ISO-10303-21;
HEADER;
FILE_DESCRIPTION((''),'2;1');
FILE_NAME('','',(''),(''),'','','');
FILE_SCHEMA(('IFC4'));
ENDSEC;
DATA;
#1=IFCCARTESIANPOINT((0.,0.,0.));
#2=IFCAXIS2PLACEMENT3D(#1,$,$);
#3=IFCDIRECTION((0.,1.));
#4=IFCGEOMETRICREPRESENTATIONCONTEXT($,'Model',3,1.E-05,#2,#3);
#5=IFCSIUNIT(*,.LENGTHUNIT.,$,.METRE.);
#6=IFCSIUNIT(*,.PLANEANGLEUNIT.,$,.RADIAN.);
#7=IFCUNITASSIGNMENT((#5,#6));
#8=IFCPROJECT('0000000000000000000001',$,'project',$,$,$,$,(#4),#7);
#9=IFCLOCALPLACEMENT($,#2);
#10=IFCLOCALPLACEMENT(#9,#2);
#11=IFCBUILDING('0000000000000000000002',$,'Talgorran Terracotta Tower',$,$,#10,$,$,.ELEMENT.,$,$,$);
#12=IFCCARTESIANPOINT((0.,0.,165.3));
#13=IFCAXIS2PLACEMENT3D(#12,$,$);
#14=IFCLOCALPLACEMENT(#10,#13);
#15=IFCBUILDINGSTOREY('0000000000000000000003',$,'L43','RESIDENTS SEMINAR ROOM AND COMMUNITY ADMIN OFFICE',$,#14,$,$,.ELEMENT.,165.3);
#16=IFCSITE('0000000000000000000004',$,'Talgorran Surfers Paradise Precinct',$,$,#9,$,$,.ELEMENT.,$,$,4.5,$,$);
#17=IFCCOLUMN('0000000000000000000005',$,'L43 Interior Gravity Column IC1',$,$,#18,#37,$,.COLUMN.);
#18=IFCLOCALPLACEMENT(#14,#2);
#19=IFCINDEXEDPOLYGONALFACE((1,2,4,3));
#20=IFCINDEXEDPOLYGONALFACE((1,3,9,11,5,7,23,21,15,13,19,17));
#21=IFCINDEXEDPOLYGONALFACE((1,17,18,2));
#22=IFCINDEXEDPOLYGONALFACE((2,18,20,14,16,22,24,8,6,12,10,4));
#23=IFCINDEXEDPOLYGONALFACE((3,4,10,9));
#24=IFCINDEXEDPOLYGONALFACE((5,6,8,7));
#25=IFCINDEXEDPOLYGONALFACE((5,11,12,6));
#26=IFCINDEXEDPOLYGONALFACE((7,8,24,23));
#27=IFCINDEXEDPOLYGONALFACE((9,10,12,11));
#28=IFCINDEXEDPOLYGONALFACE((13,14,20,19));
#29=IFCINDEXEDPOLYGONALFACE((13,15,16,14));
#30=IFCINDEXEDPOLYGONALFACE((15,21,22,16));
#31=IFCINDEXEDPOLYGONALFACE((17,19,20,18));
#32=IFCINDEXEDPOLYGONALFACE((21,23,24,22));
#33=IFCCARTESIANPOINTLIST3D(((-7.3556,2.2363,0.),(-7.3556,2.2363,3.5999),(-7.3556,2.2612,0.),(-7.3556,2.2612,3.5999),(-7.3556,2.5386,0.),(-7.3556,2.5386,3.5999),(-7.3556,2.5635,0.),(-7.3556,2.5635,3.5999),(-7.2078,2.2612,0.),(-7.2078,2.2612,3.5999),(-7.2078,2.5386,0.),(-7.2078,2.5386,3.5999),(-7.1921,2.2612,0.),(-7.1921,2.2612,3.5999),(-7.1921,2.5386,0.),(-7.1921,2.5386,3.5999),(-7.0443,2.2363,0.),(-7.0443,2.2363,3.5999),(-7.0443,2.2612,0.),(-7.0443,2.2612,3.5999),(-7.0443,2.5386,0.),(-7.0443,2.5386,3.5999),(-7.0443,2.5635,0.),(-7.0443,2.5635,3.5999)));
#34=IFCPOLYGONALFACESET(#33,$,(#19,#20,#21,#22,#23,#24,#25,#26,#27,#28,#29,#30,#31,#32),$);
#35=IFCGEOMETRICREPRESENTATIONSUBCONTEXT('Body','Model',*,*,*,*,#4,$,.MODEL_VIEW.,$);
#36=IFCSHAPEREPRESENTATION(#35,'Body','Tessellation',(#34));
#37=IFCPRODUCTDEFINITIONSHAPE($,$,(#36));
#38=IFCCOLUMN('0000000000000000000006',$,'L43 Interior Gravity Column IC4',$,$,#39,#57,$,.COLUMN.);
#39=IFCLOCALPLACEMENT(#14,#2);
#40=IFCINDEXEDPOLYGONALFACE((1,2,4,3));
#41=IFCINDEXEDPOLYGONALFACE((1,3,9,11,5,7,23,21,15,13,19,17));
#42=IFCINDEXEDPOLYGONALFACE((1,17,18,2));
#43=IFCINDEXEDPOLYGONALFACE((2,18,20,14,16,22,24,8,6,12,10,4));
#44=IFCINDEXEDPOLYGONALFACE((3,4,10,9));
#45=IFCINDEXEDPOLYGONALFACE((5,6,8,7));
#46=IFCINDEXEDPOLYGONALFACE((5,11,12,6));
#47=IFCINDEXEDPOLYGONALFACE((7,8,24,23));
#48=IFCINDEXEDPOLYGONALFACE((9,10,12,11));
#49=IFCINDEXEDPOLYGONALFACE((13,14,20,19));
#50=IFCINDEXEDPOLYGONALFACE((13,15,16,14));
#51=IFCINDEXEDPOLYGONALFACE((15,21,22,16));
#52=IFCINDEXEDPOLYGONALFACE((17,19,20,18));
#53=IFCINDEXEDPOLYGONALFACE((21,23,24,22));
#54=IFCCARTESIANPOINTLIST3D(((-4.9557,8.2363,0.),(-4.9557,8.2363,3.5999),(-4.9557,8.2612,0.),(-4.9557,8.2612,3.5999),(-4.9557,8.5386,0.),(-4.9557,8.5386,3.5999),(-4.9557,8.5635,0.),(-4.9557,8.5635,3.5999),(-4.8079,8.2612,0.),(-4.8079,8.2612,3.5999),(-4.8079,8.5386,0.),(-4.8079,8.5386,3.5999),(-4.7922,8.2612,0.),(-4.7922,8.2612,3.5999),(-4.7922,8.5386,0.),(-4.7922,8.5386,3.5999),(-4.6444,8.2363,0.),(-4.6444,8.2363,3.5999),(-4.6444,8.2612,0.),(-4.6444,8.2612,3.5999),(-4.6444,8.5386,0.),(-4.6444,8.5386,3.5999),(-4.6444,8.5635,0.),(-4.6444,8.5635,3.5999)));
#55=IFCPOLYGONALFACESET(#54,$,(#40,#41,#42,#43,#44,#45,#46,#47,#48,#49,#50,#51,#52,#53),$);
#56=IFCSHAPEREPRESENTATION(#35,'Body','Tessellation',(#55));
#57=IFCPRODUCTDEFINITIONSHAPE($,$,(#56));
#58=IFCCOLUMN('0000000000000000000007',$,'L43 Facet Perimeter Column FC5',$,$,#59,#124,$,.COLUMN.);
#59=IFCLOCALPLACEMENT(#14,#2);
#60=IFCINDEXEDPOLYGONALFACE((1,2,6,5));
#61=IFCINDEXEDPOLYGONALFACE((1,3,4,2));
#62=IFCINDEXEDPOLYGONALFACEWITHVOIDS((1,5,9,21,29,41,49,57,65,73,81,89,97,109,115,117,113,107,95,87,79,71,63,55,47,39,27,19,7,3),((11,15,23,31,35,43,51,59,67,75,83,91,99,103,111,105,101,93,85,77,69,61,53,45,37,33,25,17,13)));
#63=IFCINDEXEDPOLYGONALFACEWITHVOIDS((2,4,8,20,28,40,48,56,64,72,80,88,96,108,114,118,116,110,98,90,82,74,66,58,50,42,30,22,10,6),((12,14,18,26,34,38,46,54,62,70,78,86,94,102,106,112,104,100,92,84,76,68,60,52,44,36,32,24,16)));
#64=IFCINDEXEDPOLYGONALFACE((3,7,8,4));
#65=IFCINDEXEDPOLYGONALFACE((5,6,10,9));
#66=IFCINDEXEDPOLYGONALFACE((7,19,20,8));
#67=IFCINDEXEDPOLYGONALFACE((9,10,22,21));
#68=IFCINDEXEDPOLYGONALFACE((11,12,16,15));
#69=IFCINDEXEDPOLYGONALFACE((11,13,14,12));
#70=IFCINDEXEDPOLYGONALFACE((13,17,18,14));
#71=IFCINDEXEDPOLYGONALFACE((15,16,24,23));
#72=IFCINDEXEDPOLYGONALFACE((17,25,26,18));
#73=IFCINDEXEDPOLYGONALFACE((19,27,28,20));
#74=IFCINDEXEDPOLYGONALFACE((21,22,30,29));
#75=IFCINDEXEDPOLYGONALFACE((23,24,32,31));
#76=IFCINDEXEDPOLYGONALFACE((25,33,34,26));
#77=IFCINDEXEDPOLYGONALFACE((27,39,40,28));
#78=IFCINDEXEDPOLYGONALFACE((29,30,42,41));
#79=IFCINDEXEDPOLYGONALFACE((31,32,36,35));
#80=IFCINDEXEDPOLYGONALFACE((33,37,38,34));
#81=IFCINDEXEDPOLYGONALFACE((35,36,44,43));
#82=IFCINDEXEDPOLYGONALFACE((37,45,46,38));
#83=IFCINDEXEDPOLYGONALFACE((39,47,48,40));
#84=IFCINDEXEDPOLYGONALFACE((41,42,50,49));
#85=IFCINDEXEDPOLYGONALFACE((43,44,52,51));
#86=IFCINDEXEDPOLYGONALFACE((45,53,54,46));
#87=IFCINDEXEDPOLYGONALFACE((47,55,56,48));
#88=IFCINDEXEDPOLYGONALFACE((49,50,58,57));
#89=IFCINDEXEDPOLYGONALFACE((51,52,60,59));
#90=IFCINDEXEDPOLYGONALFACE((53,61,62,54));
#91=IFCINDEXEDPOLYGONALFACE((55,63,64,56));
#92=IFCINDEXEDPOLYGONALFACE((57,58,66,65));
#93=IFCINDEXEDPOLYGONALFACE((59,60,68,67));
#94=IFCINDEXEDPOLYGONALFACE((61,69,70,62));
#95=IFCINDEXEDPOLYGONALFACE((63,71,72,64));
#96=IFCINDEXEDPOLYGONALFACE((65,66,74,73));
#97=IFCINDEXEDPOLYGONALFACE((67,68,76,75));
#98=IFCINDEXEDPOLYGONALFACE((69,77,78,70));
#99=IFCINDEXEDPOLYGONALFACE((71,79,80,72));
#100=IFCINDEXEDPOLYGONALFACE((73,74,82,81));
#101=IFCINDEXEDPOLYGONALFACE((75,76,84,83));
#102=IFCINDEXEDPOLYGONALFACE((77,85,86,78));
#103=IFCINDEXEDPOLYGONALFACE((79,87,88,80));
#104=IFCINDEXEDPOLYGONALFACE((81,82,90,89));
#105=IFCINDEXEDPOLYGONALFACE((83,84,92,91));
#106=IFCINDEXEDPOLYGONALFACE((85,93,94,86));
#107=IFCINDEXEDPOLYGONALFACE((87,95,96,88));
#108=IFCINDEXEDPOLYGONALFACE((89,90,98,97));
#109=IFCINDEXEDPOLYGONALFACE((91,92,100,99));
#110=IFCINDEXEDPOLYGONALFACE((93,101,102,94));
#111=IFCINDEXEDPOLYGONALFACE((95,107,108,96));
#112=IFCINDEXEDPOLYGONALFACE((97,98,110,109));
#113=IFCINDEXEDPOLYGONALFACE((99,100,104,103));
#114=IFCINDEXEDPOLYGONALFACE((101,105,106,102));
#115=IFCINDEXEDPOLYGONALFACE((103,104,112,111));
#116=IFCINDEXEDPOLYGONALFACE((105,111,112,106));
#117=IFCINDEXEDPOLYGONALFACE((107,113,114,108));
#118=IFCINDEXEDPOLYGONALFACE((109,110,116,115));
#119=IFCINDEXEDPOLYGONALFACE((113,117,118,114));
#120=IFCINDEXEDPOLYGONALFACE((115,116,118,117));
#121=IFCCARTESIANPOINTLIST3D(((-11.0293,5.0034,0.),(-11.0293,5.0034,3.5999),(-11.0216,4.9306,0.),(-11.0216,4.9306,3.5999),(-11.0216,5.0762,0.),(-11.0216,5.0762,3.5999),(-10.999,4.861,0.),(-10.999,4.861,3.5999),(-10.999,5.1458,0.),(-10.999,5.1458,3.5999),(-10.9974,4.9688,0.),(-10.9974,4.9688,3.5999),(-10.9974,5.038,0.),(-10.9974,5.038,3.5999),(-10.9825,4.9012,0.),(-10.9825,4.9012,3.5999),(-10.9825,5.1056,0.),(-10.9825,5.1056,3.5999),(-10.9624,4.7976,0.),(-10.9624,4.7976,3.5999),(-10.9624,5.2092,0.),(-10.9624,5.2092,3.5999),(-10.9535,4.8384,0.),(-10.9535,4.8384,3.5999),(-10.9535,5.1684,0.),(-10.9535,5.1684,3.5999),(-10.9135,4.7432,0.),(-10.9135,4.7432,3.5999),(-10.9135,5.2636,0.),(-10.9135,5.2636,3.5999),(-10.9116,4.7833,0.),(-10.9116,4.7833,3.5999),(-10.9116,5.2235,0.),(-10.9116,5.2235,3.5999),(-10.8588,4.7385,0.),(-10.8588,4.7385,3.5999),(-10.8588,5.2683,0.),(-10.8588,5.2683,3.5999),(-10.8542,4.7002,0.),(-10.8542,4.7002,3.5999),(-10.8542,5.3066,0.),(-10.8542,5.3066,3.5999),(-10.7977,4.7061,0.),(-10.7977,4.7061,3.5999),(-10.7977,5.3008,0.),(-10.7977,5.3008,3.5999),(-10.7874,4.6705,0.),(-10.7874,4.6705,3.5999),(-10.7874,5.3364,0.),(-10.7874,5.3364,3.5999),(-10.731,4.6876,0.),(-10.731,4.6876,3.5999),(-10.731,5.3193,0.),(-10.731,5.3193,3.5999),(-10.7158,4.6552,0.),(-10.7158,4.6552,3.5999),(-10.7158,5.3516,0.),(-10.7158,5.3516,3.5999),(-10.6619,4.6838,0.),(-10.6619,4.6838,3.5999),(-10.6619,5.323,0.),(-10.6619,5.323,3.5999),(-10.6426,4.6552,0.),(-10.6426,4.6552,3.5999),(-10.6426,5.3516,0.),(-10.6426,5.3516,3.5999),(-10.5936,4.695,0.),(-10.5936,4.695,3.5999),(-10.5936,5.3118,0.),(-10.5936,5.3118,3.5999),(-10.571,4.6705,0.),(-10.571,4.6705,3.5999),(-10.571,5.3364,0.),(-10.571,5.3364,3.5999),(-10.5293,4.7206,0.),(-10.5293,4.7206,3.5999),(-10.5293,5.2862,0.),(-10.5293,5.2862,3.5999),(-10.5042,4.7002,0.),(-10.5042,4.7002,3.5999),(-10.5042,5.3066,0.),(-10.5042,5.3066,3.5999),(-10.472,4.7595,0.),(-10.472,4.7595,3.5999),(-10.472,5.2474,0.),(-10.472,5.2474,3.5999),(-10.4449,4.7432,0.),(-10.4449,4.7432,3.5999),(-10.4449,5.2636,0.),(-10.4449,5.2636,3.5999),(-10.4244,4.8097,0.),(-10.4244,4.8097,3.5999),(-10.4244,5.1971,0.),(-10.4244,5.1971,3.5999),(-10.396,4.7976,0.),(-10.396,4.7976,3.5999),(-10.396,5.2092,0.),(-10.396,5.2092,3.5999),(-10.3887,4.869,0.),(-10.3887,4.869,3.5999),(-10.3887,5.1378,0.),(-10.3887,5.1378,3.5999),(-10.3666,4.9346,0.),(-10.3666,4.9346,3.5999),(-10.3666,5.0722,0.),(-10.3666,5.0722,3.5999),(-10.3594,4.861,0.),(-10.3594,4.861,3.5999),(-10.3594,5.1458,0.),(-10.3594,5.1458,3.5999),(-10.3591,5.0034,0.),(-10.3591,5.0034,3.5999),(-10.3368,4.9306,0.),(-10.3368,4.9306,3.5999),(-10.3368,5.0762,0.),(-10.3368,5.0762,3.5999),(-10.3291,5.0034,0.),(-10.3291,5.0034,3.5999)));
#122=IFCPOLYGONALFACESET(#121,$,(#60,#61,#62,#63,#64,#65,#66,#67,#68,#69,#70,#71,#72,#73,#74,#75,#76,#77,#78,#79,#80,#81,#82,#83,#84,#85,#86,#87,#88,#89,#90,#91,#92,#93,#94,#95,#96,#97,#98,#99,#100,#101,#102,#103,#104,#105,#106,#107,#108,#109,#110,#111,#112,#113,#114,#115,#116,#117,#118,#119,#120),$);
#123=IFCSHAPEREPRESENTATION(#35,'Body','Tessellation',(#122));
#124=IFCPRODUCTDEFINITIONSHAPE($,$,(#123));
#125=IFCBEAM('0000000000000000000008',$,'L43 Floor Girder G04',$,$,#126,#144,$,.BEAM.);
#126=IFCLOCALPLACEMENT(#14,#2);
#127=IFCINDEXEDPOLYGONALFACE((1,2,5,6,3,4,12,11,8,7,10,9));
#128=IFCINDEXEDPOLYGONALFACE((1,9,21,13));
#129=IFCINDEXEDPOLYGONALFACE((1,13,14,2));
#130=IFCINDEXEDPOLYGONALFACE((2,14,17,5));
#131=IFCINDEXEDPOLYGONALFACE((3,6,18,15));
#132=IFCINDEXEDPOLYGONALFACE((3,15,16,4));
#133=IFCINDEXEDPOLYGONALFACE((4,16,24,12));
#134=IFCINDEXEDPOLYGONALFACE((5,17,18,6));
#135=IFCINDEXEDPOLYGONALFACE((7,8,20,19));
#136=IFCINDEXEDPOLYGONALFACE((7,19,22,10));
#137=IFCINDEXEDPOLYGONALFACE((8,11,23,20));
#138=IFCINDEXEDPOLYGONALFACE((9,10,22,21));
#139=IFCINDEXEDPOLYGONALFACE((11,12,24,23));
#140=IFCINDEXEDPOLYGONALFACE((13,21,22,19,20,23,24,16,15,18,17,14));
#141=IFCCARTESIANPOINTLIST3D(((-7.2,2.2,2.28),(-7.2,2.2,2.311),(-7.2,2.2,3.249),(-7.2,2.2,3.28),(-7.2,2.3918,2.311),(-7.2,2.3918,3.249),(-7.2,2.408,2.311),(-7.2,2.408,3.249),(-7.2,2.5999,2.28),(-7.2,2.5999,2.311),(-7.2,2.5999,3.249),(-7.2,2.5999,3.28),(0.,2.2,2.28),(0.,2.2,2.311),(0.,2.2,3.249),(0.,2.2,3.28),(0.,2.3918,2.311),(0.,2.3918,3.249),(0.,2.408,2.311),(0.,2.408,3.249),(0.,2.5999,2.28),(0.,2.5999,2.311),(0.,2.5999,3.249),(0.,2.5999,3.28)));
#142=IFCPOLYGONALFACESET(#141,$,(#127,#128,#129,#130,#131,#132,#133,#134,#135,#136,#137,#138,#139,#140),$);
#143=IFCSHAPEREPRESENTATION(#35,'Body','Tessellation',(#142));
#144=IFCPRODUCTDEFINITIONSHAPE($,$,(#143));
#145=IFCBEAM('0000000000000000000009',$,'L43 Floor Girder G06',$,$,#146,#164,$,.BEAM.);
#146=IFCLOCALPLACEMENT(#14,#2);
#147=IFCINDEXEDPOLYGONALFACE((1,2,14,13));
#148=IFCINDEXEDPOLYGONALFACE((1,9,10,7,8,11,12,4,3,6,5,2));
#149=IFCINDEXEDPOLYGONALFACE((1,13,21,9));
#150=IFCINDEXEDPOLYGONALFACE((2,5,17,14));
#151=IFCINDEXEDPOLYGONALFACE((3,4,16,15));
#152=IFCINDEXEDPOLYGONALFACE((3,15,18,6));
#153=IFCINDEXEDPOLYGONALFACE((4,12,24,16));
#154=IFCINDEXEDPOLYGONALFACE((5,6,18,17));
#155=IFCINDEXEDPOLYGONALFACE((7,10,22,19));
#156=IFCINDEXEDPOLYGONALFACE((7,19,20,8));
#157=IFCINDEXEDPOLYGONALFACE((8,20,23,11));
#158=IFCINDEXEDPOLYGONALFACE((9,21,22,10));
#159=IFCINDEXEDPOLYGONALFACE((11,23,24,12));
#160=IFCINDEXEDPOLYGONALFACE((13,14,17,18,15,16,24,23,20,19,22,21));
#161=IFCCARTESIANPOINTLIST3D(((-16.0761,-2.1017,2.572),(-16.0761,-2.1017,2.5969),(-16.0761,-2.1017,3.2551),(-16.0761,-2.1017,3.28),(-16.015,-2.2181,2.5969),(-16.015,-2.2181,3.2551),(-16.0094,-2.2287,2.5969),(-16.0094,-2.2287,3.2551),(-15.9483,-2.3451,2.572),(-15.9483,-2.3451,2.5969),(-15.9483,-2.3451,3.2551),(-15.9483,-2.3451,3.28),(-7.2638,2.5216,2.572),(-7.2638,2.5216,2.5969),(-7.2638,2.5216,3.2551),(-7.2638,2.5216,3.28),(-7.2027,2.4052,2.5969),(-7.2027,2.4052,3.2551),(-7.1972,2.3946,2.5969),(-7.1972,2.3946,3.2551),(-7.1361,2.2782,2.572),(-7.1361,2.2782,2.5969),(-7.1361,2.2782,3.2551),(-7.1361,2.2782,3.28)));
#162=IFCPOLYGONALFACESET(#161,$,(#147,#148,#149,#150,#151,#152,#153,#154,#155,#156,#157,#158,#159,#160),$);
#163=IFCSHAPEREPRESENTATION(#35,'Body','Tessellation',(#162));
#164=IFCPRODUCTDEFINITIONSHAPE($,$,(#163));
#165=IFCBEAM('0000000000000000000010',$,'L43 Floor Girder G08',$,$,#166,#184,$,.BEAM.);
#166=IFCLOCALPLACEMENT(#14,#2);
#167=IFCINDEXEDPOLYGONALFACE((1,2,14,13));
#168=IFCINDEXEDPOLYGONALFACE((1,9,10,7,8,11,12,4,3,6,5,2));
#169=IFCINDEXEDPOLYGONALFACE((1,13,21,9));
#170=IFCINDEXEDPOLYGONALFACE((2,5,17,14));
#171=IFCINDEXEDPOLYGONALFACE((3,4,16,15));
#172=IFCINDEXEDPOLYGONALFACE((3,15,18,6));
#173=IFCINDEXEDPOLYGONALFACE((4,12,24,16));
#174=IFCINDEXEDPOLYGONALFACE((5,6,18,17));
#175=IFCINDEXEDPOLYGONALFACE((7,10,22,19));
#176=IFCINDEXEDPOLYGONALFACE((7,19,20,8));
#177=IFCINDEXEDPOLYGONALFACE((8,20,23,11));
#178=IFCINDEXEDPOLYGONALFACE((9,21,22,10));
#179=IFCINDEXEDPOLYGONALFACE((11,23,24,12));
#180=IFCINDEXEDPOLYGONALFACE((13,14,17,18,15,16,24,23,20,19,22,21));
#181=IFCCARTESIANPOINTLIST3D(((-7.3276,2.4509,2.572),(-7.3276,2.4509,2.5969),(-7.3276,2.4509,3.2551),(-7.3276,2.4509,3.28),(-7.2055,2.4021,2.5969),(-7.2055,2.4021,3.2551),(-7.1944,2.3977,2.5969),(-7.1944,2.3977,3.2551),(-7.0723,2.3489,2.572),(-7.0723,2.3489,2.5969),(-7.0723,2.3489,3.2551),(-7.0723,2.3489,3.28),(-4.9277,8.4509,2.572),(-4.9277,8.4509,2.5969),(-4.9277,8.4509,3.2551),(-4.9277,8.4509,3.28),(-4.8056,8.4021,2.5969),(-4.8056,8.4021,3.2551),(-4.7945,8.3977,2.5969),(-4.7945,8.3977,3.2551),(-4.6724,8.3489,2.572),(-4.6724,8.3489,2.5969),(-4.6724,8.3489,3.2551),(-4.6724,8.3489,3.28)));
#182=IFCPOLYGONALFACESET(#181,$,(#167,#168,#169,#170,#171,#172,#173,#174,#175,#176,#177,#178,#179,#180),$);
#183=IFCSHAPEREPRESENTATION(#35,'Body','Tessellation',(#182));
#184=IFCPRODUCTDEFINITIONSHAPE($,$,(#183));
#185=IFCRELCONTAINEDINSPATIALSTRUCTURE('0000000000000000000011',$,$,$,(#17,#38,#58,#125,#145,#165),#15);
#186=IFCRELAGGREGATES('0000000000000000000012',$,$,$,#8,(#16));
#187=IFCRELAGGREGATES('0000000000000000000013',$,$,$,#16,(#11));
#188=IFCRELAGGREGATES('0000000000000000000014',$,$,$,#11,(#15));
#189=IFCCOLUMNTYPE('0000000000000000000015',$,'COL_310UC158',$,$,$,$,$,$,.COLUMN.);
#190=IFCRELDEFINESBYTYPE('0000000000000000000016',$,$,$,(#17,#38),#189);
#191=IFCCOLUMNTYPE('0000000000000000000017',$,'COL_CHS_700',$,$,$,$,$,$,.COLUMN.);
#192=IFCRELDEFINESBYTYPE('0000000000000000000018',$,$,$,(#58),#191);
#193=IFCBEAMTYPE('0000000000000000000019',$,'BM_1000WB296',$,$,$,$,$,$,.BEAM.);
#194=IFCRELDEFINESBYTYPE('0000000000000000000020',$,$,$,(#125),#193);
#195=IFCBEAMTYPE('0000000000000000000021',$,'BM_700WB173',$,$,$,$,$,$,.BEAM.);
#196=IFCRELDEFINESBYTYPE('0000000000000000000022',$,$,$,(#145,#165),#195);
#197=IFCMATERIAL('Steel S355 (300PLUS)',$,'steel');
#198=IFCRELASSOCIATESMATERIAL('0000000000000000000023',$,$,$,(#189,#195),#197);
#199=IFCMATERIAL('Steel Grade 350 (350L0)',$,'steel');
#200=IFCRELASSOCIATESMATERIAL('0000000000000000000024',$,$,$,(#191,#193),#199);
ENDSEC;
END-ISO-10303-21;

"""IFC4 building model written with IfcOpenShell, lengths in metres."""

from ifc_helpers import new_model, si_unit, direction, frame, origin, origin_2d, place, context, subcontext, project, spatial, hollow_circle, i_section, extrude, material, material_profile, profile_set, type_object, element, save


model = new_model("IFC4")

# Units and contexts
model_context = context("Model", 3, precision=1e-05, world=origin(), true_north=direction((0.0, 1.0)))
body_context = subcontext(model_context, "Body", "Model", "MODEL_VIEW")
ifc_project = project(units=[si_unit("LENGTHUNIT", "METRE"), si_unit("PLANEANGLEUNIT", "RADIAN")], contexts=[model_context])

# Site, building, storey
site_placement = place(None, origin())
site = spatial("IfcSite", under=ifc_project, at=site_placement, Name="Talgorran Surfers Paradise Precinct", CompositionType="ELEMENT", RefElevation=4.5)
building_placement = place(site_placement, origin())
building = spatial("IfcBuilding", under=site, at=building_placement, Name="Talgorran Terracotta Tower", CompositionType="ELEMENT")
storey_placement = place(building_placement, frame((0.0, 0.0, 165.3)))
storey = spatial("IfcBuildingStorey", under=building, at=storey_placement, Name="L43", Description="RESIDENTS SEMINAR ROOM AND COMMUNITY ADMIN OFFICE", CompositionType="ELEMENT", Elevation=165.3)

# Columns
ifc_material_1 = material(Name="Steel S355 (300PLUS)", Category="steel")
ifc_material_profile_1 = material_profile(ifc_material_1, i_section(OverallWidth=0.3113, OverallDepth=0.3271, WebThickness=0.0156, FlangeThickness=0.0249, at=origin_2d()), Name="310UC158")
ifc_profile_set_1 = profile_set([ifc_material_profile_1], Name="Steel S355 (300PLUS)")
column_type_1 = type_object("IfcColumnType", Name="COL_310UC158", PredefinedType="COLUMN", material=ifc_profile_set_1)
for number, where, z_axis, x_axis, name in (
    (1, (-7.2, 2.3999, 0.0), (0.0, 0.0, 1.0), (1.0, 0.0, 0.0), "L43 Interior Gravity Column IC1"),
    (2, (-4.8, 8.3999, 0.0), (0.0, 0.0, 1.0), (1.0, 0.0, 0.0), "L43 Interior Gravity Column IC4"),
):
    element("IfcColumn", number, at=place(storey_placement, frame(where, z_axis=z_axis, x_axis=x_axis)), inside=storey, type_object=column_type_1, Name=name, PredefinedType="COLUMN", context=body_context, shape_type="SweptSolid", body=[
        extrude(i_section(OverallWidth=0.3113, OverallDepth=0.3271, WebThickness=0.0156, FlangeThickness=0.0249, at=origin_2d()), origin(), (0.0, 0.0, 1.0), 3.5999),
    ])
ifc_material_2 = material(Name="Steel Grade 350 (350L0)", Category="steel")
ifc_material_profile_2 = material_profile(ifc_material_2, hollow_circle(Radius=0.3501, WallThickness=0.03, at=origin_2d()), Name="CHS700X30")
ifc_profile_set_2 = profile_set([ifc_material_profile_2], Name="Steel Grade 350 (350L0)")
column_type_2 = type_object("IfcColumnType", Name="COL_CHS_700", PredefinedType="COLUMN", material=ifc_profile_set_2)
column_placement = place(storey_placement, frame((-10.6792, 5.0034, 0.0), z_axis=(0.0, 0.0, 1.0), x_axis=(1.0, 0.0, 0.0)))
element("IfcColumn", 3, at=column_placement, inside=storey, type_object=column_type_2, Name="L43 Facet Perimeter Column FC5", PredefinedType="COLUMN", context=body_context, shape_type="SweptSolid", body=[
    extrude(hollow_circle(Radius=0.3501, WallThickness=0.03, at=origin_2d()), origin(), (0.0, 0.0, 1.0), 3.5999),
])

# Beams
ifc_material_profile_3 = material_profile(ifc_material_2, i_section(OverallWidth=0.3999, OverallDepth=1.0, WebThickness=0.0161, FlangeThickness=0.031, at=origin_2d()), Name="1000WB296")
ifc_profile_set_3 = profile_set([ifc_material_profile_3], Name="Steel Grade 350 (350L0)")
beam_type_1 = type_object("IfcBeamType", Name="BM_1000WB296", PredefinedType="BEAM", material=ifc_profile_set_3)
beam_1_placement = place(storey_placement, frame((-7.2, 2.3999, 2.78), z_axis=(1.0, 0.0, 0.0), x_axis=(0.0, 1.0, 0.0)))
element("IfcBeam", 4, at=beam_1_placement, inside=storey, type_object=beam_type_1, Name="L43 Floor Girder G04", PredefinedType="BEAM", context=body_context, shape_type="SweptSolid", body=[
    extrude(i_section(OverallWidth=0.3999, OverallDepth=1.0, WebThickness=0.0161, FlangeThickness=0.031, at=origin_2d()), origin(), (0.0, 0.0, 1.0), 7.2),
])
ifc_material_profile_4 = material_profile(ifc_material_1, i_section(OverallWidth=0.2749, OverallDepth=0.708, WebThickness=0.012, FlangeThickness=0.0249, at=origin_2d()), Name="700WB173")
ifc_profile_set_4 = profile_set([ifc_material_profile_4], Name="Steel S355 (300PLUS)")
beam_type_2 = type_object("IfcBeamType", Name="BM_700WB173", PredefinedType="BEAM", material=ifc_profile_set_4)
beam_2_placement = place(storey_placement, frame((-7.2, 2.3999, 2.926), z_axis=(-0.885528, -0.464586, 0.0), x_axis=(0.464586, -0.885528, 0.0)))
element("IfcBeam", 5, at=beam_2_placement, inside=storey, type_object=beam_type_2, Name="L43 Floor Girder G06", PredefinedType="BEAM", context=body_context, shape_type="SweptSolid", body=[
    extrude(i_section(OverallWidth=0.2749, OverallDepth=0.708, WebThickness=0.012, FlangeThickness=0.0249, at=origin_2d()), origin(), (0.0, 0.0, 1.0), 9.9514),
])
beam_3_placement = place(storey_placement, frame((-7.2, 2.3999, 2.926), z_axis=(0.371378, 0.928482, 0.0), x_axis=(-0.928482, 0.371378, 0.0)))
element("IfcBeam", 6, at=beam_3_placement, inside=storey, type_object=beam_type_2, Name="L43 Floor Girder G08", PredefinedType="BEAM", context=body_context, shape_type="SweptSolid", body=[
    extrude(i_section(OverallWidth=0.2749, OverallDepth=0.708, WebThickness=0.012, FlangeThickness=0.0249, at=origin_2d()), origin(), (0.0, 0.0, 1.0), 6.4622),
])

save(model, "model.ifc")
